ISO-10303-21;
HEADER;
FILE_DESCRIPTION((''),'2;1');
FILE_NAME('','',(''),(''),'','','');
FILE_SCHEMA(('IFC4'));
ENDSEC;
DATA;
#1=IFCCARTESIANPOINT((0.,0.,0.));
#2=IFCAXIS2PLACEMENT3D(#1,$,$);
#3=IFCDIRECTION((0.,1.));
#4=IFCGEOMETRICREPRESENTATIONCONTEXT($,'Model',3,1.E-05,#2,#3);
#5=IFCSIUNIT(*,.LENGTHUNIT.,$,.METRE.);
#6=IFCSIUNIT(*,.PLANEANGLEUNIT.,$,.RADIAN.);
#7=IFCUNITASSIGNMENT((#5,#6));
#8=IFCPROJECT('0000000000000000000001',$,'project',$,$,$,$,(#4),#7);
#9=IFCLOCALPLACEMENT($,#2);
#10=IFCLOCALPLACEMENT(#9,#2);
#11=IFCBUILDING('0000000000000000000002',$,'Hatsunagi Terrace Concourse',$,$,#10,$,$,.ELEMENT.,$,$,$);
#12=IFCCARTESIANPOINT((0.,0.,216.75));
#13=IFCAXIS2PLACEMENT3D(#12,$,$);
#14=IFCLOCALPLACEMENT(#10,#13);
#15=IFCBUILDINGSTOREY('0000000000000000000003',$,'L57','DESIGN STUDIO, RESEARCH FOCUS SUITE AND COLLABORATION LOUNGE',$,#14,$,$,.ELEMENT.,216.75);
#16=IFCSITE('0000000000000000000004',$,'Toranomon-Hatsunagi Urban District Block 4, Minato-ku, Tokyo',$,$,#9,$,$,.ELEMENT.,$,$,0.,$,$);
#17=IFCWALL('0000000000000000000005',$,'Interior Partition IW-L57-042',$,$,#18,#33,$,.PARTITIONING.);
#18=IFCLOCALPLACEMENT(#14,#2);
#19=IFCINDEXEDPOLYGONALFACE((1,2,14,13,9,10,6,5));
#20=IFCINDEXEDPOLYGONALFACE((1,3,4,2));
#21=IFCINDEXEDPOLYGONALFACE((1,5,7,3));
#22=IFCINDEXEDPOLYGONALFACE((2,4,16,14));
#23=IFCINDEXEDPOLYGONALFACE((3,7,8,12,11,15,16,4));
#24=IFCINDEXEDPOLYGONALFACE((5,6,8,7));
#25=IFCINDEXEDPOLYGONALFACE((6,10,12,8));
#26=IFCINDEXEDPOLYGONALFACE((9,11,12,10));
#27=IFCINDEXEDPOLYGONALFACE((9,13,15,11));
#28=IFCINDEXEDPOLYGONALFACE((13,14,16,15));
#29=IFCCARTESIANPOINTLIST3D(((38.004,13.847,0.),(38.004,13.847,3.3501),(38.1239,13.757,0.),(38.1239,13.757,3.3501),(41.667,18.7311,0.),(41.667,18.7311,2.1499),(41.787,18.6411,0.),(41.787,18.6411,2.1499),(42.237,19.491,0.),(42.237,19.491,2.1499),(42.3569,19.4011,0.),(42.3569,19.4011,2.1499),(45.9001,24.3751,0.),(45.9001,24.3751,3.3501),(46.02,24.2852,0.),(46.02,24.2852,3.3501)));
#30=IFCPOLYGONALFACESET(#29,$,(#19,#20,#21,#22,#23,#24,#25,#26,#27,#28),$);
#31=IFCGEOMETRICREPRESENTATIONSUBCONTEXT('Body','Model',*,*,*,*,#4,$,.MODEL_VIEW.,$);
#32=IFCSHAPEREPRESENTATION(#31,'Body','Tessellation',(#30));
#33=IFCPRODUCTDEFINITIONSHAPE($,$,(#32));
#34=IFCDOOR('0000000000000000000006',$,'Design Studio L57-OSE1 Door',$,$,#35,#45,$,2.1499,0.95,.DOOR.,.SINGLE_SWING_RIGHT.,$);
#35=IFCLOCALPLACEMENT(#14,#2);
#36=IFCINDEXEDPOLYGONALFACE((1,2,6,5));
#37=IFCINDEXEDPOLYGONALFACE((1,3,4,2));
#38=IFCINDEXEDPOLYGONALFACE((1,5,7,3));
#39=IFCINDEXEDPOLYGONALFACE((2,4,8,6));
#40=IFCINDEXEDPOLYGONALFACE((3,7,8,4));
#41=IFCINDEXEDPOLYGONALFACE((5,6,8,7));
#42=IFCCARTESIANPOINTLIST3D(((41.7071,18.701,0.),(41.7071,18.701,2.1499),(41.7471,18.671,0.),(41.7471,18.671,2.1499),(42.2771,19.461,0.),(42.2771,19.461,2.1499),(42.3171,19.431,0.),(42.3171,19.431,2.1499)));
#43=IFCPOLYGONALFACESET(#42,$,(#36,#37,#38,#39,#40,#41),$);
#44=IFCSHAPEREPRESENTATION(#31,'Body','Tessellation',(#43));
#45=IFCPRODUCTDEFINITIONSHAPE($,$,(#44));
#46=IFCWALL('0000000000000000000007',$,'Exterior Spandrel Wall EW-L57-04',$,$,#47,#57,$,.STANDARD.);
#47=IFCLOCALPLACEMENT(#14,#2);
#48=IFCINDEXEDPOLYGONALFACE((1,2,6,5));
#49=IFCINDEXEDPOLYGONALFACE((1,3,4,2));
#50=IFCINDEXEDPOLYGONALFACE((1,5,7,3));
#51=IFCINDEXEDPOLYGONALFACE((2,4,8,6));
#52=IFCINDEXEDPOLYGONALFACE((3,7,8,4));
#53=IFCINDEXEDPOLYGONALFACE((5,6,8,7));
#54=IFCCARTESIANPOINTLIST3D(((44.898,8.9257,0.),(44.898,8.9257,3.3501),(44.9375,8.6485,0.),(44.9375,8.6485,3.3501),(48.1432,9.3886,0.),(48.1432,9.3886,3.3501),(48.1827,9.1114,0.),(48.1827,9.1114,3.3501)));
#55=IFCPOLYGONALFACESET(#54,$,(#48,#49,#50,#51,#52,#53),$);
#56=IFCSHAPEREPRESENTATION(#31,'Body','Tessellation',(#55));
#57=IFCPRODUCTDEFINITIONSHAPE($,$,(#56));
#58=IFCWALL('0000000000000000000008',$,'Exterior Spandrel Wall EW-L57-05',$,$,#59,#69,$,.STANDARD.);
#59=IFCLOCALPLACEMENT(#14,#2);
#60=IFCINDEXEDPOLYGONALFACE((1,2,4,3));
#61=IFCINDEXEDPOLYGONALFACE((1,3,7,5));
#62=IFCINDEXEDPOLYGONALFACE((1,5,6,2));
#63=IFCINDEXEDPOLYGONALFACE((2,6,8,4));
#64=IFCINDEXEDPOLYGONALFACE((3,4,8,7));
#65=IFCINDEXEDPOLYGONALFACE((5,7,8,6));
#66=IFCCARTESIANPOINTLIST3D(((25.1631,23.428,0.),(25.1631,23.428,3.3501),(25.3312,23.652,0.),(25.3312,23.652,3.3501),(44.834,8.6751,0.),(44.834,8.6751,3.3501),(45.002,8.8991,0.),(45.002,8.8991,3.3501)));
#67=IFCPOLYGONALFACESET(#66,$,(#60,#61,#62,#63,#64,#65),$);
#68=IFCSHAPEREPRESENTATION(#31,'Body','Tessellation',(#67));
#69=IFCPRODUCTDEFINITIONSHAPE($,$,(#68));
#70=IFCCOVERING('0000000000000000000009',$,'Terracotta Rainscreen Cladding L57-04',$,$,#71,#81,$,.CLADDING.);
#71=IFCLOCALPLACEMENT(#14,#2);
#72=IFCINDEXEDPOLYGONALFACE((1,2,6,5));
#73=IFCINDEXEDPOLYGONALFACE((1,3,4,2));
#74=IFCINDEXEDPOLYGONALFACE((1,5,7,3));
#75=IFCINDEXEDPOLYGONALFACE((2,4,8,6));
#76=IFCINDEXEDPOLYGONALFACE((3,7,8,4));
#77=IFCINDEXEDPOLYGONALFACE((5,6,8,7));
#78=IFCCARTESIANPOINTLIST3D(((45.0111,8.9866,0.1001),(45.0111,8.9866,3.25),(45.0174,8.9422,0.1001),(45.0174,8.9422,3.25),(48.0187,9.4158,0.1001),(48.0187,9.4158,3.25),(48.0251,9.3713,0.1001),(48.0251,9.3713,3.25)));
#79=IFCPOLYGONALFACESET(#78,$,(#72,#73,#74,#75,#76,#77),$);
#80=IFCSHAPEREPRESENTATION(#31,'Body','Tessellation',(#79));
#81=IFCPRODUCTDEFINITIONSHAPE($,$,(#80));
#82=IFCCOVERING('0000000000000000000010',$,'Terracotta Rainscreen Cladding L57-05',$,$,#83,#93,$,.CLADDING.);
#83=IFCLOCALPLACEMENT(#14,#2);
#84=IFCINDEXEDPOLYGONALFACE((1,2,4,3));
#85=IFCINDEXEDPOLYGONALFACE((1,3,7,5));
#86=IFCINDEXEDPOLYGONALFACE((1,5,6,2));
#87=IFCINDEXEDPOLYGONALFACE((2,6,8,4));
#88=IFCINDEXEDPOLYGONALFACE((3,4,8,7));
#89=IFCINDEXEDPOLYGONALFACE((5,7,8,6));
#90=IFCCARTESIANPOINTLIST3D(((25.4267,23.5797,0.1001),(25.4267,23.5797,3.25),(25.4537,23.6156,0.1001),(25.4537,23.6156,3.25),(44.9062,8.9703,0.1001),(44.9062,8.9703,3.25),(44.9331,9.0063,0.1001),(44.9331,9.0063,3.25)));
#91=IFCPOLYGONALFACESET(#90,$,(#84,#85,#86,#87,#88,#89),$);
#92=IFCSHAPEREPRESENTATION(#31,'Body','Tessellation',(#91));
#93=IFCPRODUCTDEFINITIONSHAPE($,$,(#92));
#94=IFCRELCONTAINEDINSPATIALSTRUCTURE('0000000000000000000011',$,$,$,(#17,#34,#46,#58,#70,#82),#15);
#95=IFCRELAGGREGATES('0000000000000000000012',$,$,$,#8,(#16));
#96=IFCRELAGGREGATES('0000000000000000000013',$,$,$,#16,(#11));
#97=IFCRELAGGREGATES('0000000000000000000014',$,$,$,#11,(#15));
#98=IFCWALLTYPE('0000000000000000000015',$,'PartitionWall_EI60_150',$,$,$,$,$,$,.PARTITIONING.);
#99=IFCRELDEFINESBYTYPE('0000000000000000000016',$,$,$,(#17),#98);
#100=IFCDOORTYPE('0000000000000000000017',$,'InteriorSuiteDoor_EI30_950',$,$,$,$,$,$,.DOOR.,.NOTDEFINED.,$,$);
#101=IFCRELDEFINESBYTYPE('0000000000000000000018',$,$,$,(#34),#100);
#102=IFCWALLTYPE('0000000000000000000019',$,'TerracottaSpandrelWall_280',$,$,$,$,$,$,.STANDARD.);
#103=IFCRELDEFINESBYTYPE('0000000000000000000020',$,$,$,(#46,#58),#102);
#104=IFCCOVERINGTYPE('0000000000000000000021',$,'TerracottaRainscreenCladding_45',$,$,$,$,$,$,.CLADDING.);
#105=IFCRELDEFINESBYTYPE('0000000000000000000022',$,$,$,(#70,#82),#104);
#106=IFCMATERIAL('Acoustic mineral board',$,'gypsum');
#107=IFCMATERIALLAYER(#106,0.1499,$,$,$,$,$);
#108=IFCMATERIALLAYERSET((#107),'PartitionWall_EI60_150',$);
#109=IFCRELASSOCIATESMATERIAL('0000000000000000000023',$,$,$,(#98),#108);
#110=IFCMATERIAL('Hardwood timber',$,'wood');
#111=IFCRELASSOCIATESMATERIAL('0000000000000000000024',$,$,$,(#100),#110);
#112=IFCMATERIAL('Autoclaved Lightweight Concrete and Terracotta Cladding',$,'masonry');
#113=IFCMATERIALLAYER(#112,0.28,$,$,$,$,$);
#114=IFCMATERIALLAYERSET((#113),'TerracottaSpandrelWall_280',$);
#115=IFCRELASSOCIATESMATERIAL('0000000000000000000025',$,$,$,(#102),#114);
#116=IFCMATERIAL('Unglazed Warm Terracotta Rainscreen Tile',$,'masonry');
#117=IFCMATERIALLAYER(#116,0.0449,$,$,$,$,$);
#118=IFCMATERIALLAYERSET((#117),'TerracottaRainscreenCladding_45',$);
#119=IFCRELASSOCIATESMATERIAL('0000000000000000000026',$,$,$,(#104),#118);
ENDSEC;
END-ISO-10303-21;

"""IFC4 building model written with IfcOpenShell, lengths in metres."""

from ifc_helpers import new_model, si_unit, direction, frame, frame_2d, origin, origin_2d, place, context, subcontext, project, spatial, rectangle, extrude, material, layer, layer_set, type_object, element, fill, save


model = new_model("IFC4")

# Units and contexts
model_context = context("Model", 3, precision=1e-05, world=origin(), true_north=direction((0.0, 1.0)))
body_context = subcontext(model_context, "Body", "Model", "MODEL_VIEW")
ifc_project = project(units=[si_unit("LENGTHUNIT", "METRE"), si_unit("PLANEANGLEUNIT", "RADIAN")], contexts=[model_context])

# Site, building, storey
site_placement = place(None, origin())
site = spatial("IfcSite", under=ifc_project, at=site_placement, Name="Toranomon-Hatsunagi Urban District Block 4, Minato-ku, Tokyo", CompositionType="ELEMENT", RefElevation=0.0)
building_placement = place(site_placement, origin())
building = spatial("IfcBuilding", under=site, at=building_placement, Name="Hatsunagi Terrace Concourse", CompositionType="ELEMENT")
storey_placement = place(building_placement, frame((0.0, 0.0, 216.75)))
storey = spatial("IfcBuildingStorey", under=building, at=storey_placement, Name="L57", Description="DESIGN STUDIO, RESEARCH FOCUS SUITE AND COLLABORATION LOUNGE", CompositionType="ELEMENT", Elevation=216.75)

# Wall, opening, door
ifc_material_1 = material(Name="Acoustic mineral board", Category="gypsum")
ifc_layer_1 = layer(ifc_material_1, 0.1499)
ifc_layer_set_1 = layer_set([ifc_layer_1], Name="PartitionWall_EI60_150")
wall_type_1 = type_object("IfcWallType", Name="PartitionWall_EI60_150", PredefinedType="PARTITIONING", material=ifc_layer_set_1)
wall_1_placement = place(storey_placement, frame((38.064, 13.802, 0.0), z_axis=(0.0, 0.0, 1.0), x_axis=(0.599997, 0.800002, 0.0)))
wall_1 = element("IfcWall", 1, at=wall_1_placement, inside=storey, type_object=wall_type_1, Name="Interior Partition IW-L57-042", PredefinedType="PARTITIONING", context=body_context, shape_type="SweptSolid", body=[
    extrude(rectangle(XDim=13.1602, YDim=0.1499, at=frame_2d((6.5801, 0.0))), origin(), (0.0, 0.0, 1.0), 3.3501),
])
opening_placement = place(wall_1_placement, frame((6.105, 0.0, 0.0)))
opening = element("IfcOpeningElement", 2, at=opening_placement, cuts=wall_1, PredefinedType="OPENING", context=body_context, shape_type="SweptSolid", body=[
    extrude(rectangle(XDim=0.95, YDim=2.1499, at=frame_2d((0.4751, 1.075))), frame((0.0, 0.085, 0.0), z_axis=(0.0, -1.0, 0.0), x_axis=(1.0, 0.0, 0.0)), (0.0, 0.0, 1.0), 0.1699),
])
ifc_material_2 = material(Name="Hardwood timber", Category="wood")
door_type = type_object("IfcDoorType", Name="InteriorSuiteDoor_EI30_950", OperationType="NOTDEFINED", PredefinedType="DOOR", material=ifc_material_2)
door_placement = place(opening_placement, origin())
door = element("IfcDoor", 3, at=door_placement, inside=storey, type_object=door_type, Name="Design Studio L57-OSE1 Door", OperationType="SINGLE_SWING_RIGHT", OverallHeight=2.1499, OverallWidth=0.95, PredefinedType="DOOR", context=body_context, shape_type="SweptSolid", body=[
    extrude(rectangle(XDim=0.95, YDim=2.1499, at=frame_2d((0.4751, 1.075))), frame((0.0, 0.0249, 0.0), z_axis=(0.0, -1.0, 0.0), x_axis=(1.0, 0.0, 0.0)), (0.0, 0.0, 1.0), 0.05),
])
fill(opening, door)

# Walls
ifc_material_3 = material(Name="Autoclaved Lightweight Concrete and Terracotta Cladding", Category="masonry")
ifc_layer_2 = layer(ifc_material_3, 0.28)
ifc_layer_set_2 = layer_set([ifc_layer_2], Name="TerracottaSpandrelWall_280")
wall_type_2 = type_object("IfcWallType", Name="TerracottaSpandrelWall_280", PredefinedType="STANDARD", material=ifc_layer_set_2)
wall_2_placement = place(storey_placement, frame((48.1631, 9.25, 0.0), z_axis=(0.0, 0.0, 1.0), x_axis=(-0.989979, -0.141213, 0.0)))
element("IfcWall", 4, at=wall_2_placement, inside=storey, type_object=wall_type_2, Name="Exterior Spandrel Wall EW-L57-04", PredefinedType="STANDARD", context=body_context, shape_type="SweptSolid", body=[
    extrude(rectangle(XDim=3.2781, YDim=0.28, at=frame_2d((1.6392, 0.0))), origin(), (0.0, 0.0, 1.0), 3.3501),
])
wall_3_placement = place(storey_placement, frame((44.918, 8.7871, 0.0), z_axis=(0.0, 0.0, 1.0), x_axis=(-0.800005, 0.599994, 0.0)))
element("IfcWall", 5, at=wall_3_placement, inside=storey, type_object=wall_type_2, Name="Exterior Spandrel Wall EW-L57-05", PredefinedType="STANDARD", context=body_context, shape_type="SweptSolid", body=[
    extrude(rectangle(XDim=24.5884, YDim=0.28, at=frame_2d((12.2942, 0.0))), origin(), (0.0, 0.0, 1.0), 3.3501),
])

# Coverings
ifc_material_4 = material(Name="Unglazed Warm Terracotta Rainscreen Tile", Category="masonry")
ifc_layer_3 = layer(ifc_material_4, 0.0449)
ifc_layer_set_3 = layer_set([ifc_layer_3], Name="TerracottaRainscreenCladding_45")
covering_type = type_object("IfcCoveringType", Name="TerracottaRainscreenCladding_45", PredefinedType="CLADDING", material=ifc_layer_set_3)
covering_1_placement = place(storey_placement, frame((46.5181, 9.179, 0.1001), z_axis=(0.0, 0.0, 1.0), x_axis=(-0.989974, -0.14125, 0.0)))
element("IfcCovering", 6, at=covering_1_placement, inside=storey, type_object=covering_type, Name="Terracotta Rainscreen Cladding L57-04", PredefinedType="CLADDING", context=body_context, shape_type="SweptSolid", body=[
    extrude(rectangle(XDim=3.0381, YDim=0.0449, at=origin_2d()), origin(), (0.0, 0.0, 1.0), 3.1499),
])
covering_2_placement = place(storey_placement, frame((35.1799, 16.293, 0.1001), z_axis=(0.0, 0.0, 1.0), x_axis=(-0.800005, 0.599993, 0.0)))
element("IfcCovering", 7, at=covering_2_placement, inside=storey, type_object=covering_type, Name="Terracotta Rainscreen Cladding L57-05", PredefinedType="CLADDING", context=body_context, shape_type="SweptSolid", body=[
    extrude(rectangle(XDim=24.3491, YDim=0.0449, at=origin_2d()), origin(), (0.0, 0.0, 1.0), 3.1499),
])

save(model, "model.ifc")
